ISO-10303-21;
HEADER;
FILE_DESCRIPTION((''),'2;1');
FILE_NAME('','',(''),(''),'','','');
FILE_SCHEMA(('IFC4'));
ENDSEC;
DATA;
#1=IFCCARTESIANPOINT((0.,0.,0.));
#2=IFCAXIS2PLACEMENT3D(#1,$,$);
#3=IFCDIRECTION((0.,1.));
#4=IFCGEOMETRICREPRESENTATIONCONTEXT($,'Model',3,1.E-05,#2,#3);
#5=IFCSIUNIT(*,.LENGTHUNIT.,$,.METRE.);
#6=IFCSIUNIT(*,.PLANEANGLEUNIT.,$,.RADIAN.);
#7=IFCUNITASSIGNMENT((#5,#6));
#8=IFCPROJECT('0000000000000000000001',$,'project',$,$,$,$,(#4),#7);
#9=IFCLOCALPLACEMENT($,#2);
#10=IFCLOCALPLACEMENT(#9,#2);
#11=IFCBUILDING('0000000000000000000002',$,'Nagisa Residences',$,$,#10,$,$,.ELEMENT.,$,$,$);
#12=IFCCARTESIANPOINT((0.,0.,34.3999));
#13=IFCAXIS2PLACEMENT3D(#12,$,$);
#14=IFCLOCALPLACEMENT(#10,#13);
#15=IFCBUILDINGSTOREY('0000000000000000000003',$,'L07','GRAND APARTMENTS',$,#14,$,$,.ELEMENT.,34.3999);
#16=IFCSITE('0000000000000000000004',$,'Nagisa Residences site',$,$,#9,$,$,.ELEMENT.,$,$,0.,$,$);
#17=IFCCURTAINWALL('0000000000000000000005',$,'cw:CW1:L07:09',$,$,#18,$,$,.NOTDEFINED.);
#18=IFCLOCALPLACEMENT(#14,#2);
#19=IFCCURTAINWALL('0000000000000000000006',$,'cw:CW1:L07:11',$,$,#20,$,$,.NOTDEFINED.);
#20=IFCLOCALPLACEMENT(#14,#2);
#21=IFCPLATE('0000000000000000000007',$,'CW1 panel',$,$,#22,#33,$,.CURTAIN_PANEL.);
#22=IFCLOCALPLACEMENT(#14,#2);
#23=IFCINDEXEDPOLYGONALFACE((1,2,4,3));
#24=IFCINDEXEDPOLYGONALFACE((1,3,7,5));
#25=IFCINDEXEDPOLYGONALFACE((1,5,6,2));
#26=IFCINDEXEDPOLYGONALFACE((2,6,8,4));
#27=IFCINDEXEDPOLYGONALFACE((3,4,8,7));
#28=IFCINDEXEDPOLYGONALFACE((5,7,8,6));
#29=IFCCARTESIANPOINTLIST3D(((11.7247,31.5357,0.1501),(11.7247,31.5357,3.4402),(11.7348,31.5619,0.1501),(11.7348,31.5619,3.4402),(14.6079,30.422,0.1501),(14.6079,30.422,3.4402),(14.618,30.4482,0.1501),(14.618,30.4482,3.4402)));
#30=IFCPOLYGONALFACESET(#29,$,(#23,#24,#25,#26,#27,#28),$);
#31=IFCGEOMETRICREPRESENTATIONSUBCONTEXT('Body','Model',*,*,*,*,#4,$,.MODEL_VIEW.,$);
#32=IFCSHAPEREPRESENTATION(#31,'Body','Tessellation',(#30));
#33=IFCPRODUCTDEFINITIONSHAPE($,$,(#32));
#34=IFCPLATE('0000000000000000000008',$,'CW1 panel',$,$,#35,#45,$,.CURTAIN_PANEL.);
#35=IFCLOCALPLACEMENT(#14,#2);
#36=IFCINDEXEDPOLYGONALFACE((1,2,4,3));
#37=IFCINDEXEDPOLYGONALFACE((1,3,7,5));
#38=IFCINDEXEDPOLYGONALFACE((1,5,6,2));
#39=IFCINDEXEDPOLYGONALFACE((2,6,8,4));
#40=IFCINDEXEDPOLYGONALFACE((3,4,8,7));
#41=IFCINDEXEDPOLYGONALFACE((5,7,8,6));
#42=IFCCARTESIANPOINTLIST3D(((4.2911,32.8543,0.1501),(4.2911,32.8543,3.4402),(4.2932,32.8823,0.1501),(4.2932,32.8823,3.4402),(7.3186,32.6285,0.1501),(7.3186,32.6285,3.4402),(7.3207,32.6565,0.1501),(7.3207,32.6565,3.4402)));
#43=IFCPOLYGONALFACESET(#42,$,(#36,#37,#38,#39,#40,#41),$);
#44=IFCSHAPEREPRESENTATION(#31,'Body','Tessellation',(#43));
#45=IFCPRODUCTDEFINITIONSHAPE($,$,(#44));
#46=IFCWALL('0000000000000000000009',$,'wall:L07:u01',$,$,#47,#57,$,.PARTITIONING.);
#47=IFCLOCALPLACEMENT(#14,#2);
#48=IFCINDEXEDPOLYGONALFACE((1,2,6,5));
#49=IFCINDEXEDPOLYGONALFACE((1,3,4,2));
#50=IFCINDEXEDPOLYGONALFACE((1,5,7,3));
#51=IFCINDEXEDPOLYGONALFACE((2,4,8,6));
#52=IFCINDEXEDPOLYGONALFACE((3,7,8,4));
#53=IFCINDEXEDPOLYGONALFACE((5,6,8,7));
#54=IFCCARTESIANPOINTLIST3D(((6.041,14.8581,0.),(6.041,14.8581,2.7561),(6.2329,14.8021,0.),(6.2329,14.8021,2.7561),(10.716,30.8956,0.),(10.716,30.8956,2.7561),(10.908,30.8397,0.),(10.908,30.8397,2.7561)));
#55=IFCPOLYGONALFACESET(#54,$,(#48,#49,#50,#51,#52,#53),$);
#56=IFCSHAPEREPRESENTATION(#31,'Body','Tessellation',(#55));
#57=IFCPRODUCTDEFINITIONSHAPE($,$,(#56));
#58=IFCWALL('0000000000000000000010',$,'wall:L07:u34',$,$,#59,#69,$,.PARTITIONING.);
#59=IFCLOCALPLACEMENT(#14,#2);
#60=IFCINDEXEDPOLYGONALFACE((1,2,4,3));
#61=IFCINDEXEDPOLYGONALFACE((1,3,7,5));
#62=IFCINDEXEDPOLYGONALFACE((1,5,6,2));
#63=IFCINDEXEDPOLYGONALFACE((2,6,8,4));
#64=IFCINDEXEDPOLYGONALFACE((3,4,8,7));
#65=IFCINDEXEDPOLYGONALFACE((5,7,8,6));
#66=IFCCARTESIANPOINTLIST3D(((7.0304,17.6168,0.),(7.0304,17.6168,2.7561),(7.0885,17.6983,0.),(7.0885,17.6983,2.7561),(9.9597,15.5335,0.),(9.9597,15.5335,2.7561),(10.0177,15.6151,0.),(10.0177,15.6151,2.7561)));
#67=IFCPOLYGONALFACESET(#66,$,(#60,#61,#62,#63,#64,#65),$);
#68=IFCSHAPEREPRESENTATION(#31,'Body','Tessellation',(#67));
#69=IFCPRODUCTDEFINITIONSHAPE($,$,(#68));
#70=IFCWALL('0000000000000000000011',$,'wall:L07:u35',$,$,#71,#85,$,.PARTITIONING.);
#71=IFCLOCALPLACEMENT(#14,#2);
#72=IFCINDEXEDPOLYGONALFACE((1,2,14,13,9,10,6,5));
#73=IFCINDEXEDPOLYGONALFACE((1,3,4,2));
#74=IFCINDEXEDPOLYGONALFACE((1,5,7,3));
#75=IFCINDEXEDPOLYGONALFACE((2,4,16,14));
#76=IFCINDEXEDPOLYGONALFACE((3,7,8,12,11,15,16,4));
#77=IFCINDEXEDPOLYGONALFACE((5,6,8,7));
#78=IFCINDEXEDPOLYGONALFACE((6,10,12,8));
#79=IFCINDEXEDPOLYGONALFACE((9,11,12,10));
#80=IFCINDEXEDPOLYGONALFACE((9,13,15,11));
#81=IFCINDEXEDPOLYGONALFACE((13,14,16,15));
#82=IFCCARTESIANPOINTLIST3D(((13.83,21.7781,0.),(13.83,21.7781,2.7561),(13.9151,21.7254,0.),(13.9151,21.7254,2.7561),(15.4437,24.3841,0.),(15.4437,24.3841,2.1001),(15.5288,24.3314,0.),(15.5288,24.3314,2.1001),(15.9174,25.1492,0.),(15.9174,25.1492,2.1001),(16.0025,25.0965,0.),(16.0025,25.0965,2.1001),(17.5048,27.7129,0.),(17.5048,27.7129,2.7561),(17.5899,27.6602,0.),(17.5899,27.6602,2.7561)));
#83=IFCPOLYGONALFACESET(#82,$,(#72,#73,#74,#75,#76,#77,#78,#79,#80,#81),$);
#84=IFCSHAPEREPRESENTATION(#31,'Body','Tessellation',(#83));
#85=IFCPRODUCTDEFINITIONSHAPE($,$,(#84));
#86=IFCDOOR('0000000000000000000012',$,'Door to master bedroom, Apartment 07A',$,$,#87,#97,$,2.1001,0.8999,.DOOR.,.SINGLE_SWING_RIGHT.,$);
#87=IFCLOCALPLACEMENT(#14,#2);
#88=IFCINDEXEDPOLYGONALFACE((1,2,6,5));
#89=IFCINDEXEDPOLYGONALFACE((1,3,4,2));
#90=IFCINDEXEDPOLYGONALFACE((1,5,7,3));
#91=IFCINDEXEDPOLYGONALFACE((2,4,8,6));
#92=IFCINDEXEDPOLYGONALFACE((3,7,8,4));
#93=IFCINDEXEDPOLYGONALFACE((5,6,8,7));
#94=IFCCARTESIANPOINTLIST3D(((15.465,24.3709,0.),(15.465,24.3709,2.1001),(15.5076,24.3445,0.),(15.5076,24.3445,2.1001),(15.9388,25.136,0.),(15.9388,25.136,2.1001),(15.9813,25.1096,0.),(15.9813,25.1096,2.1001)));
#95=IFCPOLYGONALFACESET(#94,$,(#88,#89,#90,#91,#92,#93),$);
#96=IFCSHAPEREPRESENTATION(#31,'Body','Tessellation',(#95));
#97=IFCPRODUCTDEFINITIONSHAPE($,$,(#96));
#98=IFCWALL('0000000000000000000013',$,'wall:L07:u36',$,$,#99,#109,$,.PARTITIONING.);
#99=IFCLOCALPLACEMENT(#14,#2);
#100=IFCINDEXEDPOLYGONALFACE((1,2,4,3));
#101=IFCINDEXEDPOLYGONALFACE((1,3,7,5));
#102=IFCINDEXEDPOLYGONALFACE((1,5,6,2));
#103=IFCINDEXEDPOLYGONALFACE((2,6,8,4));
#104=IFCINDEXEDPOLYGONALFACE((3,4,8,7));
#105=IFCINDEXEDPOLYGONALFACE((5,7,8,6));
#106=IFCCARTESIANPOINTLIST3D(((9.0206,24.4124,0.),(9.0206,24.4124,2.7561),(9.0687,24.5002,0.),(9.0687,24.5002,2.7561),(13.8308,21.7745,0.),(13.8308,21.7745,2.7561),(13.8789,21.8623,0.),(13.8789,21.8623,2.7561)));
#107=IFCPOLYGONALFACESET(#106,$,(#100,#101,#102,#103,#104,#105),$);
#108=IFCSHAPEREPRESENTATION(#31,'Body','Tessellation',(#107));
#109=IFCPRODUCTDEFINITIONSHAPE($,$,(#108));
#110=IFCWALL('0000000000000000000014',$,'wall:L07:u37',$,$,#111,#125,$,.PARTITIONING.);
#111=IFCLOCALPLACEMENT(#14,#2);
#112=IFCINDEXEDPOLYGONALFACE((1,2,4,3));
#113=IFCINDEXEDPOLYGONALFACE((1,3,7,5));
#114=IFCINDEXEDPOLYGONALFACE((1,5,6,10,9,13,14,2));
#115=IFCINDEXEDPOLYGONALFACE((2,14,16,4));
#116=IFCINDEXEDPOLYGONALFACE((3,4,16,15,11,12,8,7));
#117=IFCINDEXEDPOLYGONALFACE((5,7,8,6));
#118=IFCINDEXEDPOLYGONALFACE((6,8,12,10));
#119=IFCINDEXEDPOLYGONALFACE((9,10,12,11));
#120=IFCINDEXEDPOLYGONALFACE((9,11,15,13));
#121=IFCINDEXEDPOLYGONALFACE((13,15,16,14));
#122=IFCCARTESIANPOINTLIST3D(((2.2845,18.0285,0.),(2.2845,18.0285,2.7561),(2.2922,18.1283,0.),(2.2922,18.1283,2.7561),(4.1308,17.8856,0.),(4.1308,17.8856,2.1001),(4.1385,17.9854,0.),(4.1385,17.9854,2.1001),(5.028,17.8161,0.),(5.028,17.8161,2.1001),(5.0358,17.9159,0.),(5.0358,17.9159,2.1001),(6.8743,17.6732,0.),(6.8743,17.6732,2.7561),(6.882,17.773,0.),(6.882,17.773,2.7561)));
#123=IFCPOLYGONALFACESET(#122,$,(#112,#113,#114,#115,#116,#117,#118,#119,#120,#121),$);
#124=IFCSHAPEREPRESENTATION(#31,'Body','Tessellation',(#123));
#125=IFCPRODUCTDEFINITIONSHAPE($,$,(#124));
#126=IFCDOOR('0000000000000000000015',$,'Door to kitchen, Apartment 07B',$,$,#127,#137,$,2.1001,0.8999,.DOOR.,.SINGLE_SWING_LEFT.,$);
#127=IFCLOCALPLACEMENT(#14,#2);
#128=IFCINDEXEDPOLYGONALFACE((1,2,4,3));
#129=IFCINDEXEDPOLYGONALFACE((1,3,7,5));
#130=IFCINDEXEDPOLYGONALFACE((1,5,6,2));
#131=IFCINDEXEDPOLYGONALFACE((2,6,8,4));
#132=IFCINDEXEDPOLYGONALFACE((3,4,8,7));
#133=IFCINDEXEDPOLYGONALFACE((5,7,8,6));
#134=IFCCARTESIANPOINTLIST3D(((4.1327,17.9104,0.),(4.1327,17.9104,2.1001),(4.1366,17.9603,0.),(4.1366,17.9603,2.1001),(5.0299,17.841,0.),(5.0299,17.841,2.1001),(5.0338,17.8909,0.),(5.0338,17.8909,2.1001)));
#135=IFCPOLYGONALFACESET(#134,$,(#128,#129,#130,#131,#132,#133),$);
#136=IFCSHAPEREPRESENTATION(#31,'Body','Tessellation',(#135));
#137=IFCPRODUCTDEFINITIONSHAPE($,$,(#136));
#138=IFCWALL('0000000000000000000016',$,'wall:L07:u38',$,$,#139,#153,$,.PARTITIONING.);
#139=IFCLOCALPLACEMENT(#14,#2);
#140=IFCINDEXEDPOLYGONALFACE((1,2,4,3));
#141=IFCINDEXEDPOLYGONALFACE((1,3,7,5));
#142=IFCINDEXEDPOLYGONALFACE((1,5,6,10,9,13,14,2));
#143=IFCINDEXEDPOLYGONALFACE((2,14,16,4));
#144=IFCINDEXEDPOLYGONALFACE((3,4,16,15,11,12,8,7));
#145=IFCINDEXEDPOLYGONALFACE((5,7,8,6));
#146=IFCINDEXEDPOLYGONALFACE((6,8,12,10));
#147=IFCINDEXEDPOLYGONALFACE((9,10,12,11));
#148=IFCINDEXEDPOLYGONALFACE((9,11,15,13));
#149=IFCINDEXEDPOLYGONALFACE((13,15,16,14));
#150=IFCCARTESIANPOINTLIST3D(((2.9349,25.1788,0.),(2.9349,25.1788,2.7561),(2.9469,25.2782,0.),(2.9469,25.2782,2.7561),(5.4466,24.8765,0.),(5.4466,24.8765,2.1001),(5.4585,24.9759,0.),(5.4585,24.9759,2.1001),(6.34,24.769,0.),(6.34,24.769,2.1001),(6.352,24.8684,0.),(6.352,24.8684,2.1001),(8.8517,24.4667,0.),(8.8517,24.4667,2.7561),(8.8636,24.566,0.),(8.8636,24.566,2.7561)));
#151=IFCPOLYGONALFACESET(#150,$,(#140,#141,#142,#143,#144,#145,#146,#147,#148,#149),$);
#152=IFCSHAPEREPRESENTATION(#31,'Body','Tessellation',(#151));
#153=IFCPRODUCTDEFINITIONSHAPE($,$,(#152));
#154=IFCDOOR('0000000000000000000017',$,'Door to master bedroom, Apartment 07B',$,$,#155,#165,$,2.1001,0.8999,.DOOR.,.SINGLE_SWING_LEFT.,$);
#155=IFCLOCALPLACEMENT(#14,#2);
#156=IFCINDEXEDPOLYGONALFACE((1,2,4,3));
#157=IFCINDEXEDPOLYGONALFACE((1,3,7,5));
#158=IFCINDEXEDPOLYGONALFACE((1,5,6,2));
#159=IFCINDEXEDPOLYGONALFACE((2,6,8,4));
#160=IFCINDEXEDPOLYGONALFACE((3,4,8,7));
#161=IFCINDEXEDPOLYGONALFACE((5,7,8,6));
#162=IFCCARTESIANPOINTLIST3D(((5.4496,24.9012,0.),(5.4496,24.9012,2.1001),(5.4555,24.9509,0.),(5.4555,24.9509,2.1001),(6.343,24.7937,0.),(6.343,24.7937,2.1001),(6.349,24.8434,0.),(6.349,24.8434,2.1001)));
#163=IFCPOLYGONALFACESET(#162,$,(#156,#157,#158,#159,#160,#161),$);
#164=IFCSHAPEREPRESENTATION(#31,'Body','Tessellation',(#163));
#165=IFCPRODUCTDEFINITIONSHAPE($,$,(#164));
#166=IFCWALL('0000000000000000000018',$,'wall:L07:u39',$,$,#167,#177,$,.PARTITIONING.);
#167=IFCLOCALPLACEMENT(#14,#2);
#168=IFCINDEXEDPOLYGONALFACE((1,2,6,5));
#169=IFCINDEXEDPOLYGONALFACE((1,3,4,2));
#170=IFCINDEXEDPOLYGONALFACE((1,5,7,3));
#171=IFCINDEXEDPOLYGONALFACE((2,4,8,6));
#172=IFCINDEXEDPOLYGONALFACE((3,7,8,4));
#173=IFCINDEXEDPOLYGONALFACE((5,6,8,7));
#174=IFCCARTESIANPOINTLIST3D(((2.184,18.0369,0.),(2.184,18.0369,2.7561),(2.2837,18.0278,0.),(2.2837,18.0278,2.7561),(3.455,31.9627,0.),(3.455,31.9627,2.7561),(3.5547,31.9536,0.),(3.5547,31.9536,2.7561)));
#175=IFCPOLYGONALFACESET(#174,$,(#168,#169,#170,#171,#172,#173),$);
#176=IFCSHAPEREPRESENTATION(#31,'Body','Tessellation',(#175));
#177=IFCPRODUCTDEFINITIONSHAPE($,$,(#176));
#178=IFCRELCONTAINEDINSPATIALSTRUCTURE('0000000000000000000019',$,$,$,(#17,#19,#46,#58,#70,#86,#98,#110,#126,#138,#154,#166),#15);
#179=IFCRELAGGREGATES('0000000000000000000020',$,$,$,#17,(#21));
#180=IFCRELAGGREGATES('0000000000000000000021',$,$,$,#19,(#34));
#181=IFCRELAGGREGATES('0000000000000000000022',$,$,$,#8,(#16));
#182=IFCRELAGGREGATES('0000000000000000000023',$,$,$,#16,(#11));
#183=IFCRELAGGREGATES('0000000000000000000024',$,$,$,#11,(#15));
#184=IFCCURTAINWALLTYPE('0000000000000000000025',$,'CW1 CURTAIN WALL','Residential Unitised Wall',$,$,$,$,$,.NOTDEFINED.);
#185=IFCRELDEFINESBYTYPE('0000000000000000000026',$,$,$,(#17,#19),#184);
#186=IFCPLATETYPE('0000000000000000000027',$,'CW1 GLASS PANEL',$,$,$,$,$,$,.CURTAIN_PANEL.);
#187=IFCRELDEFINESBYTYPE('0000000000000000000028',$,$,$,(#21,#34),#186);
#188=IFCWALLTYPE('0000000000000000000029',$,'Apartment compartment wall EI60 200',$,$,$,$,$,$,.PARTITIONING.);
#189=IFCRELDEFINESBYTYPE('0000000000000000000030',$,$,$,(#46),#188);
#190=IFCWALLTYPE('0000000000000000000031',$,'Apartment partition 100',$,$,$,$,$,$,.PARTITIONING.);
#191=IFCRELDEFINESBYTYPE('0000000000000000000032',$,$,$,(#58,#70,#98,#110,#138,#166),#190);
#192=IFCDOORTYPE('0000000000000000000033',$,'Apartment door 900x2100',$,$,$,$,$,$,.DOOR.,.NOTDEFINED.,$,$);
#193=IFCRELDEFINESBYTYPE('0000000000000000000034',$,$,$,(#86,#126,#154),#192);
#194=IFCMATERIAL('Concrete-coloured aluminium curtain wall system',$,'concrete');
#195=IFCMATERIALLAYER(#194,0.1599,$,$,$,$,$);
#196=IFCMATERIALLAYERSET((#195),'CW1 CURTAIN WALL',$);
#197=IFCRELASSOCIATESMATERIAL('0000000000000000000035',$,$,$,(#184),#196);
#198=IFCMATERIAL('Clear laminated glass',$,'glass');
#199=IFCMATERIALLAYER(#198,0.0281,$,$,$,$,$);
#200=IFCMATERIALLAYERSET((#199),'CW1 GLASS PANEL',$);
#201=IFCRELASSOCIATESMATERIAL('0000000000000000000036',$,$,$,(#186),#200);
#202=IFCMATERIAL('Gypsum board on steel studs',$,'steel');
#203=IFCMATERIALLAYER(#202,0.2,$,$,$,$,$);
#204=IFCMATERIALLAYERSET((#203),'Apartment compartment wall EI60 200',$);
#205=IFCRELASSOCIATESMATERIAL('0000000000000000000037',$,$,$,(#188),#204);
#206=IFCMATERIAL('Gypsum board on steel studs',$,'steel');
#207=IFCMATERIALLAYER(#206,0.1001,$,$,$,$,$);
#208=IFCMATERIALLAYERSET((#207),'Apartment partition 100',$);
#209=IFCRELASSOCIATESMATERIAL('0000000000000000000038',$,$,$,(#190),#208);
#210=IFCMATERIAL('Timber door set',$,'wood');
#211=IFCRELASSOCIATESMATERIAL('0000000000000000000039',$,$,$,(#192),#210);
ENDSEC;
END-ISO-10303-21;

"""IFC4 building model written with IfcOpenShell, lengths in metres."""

from ifc_helpers import new_model, si_unit, direction, frame, frame_2d, origin, origin_2d, place, context, subcontext, project, spatial, rectangle, extrude, material, layer, layer_set, type_object, element, fill, aggregate, save


model = new_model("IFC4")

# Units and contexts
model_context = context("Model", 3, precision=1e-05, world=origin(), true_north=direction((0.0, 1.0)))
body_context = subcontext(model_context, "Body", "Model", "MODEL_VIEW")
ifc_project = project(units=[si_unit("LENGTHUNIT", "METRE"), si_unit("PLANEANGLEUNIT", "RADIAN")], contexts=[model_context])

# Site, building, storey
site_placement = place(None, origin())
site = spatial("IfcSite", under=ifc_project, at=site_placement, Name="Nagisa Residences site", CompositionType="ELEMENT", RefElevation=0.0)
building_placement = place(site_placement, origin())
building = spatial("IfcBuilding", under=site, at=building_placement, Name="Nagisa Residences", CompositionType="ELEMENT")
storey_placement = place(building_placement, frame((0.0, 0.0, 34.3999)))
storey = spatial("IfcBuildingStorey", under=building, at=storey_placement, Name="L07", Description="GRAND APARTMENTS", CompositionType="ELEMENT", Elevation=34.3999)

# Curtain walls
ifc_material_1 = material(Name="Concrete-coloured aluminium curtain wall system", Category="concrete")
ifc_layer_1 = layer(ifc_material_1, 0.1599)
ifc_layer_set_1 = layer_set([ifc_layer_1], Name="CW1 CURTAIN WALL")
curtain_wall_type = type_object("IfcCurtainWallType", Name="CW1 CURTAIN WALL", Description="Residential Unitised Wall", PredefinedType="NOTDEFINED", material=ifc_layer_set_1)
curtain_wall_1_placement = place(storey_placement, origin())
curtain_wall_1 = element("IfcCurtainWall", 1, at=curtain_wall_1_placement, inside=storey, type_object=curtain_wall_type, Name="cw:CW1:L07:09", PredefinedType="NOTDEFINED")
curtain_wall_2_placement = place(storey_placement, origin())
curtain_wall_2 = element("IfcCurtainWall", 2, at=curtain_wall_2_placement, inside=storey, type_object=curtain_wall_type, Name="cw:CW1:L07:11", PredefinedType="NOTDEFINED")

# Plates
ifc_material_2 = material(Name="Clear laminated glass", Category="glass")
ifc_layer_2 = layer(ifc_material_2, 0.0281)
ifc_layer_set_2 = layer_set([ifc_layer_2], Name="CW1 GLASS PANEL")
plate_type = type_object("IfcPlateType", Name="CW1 GLASS PANEL", PredefinedType="CURTAIN_PANEL", material=ifc_layer_set_2)
plate_1_placement = place(storey_placement, frame((13.1714, 30.9919, 0.1501), z_axis=(0.0, 0.0, 1.0), x_axis=(-0.932826, 0.360328, 0.0)))
plate_1 = element("IfcPlate", 3, at=plate_1_placement, type_object=plate_type, Name="CW1 panel", PredefinedType="CURTAIN_PANEL", context=body_context, shape_type="SweptSolid", body=[
    extrude(rectangle(XDim=3.0908, YDim=0.0281, at=origin_2d()), origin(), (0.0, 0.0, 1.0), 3.29),
])
aggregate(curtain_wall_1, [plate_1])
plate_2_placement = place(storey_placement, frame((5.8059, 32.7554, 0.1501), z_axis=(0.0, 0.0, 1.0), x_axis=(-0.99723, 0.074377, 0.0)))
plate_2 = element("IfcPlate", 4, at=plate_2_placement, type_object=plate_type, Name="CW1 panel", PredefinedType="CURTAIN_PANEL", context=body_context, shape_type="SweptSolid", body=[
    extrude(rectangle(XDim=3.0359, YDim=0.0281, at=origin_2d()), origin(), (0.0, 0.0, 1.0), 3.29),
])
aggregate(curtain_wall_2, [plate_2])

# Walls
ifc_material_3 = material(Name="Gypsum board on steel studs", Category="steel")
ifc_layer_3 = layer(ifc_material_3, 0.2)
ifc_layer_set_3 = layer_set([ifc_layer_3], Name="Apartment compartment wall EI60 200")
wall_type_1 = type_object("IfcWallType", Name="Apartment compartment wall EI60 200", PredefinedType="PARTITIONING", material=ifc_layer_set_3)
wall_1_placement = place(storey_placement, frame((6.137, 14.8301, 0.0), z_axis=(0.0, 0.0, 1.0), x_axis=(0.279857, 0.960042, 0.0)))
element("IfcWall", 5, at=wall_1_placement, inside=storey, type_object=wall_type_1, Name="wall:L07:u01", PredefinedType="PARTITIONING", context=body_context, shape_type="SweptSolid", body=[
    extrude(rectangle(XDim=16.7051, YDim=0.2, at=frame_2d((8.3525, 0.0))), origin(), (0.0, 0.0, 1.0), 2.7561),
])
ifc_material_4 = material(Name="Gypsum board on steel studs", Category="steel")
ifc_layer_4 = layer(ifc_material_4, 0.1001)
ifc_layer_set_4 = layer_set([ifc_layer_4], Name="Apartment partition 100")
wall_type_2 = type_object("IfcWallType", Name="Apartment partition 100", PredefinedType="PARTITIONING", material=ifc_layer_set_4)
wall_2_placement = place(storey_placement, frame((9.9888, 15.5742, 0.0), z_axis=(0.0, 0.0, 1.0), x_axis=(-0.81492, 0.579573, 0.0)))
element("IfcWall", 6, at=wall_2_placement, inside=storey, type_object=wall_type_2, Name="wall:L07:u34", PredefinedType="PARTITIONING", context=body_context, shape_type="SweptSolid", body=[
    extrude(rectangle(XDim=3.5945, YDim=0.1001, at=frame_2d((1.7974, 0.0))), origin(), (0.0, 0.0, 1.0), 2.7561),
])

# Wall, opening, door
wall_3_placement = place(storey_placement, frame((13.8726, 21.7517, 0.0), z_axis=(0.0, 0.0, 1.0), x_axis=(0.526445, 0.850209, 0.0)))
wall_3 = element("IfcWall", 7, at=wall_3_placement, inside=storey, type_object=wall_type_2, Name="wall:L07:u35", PredefinedType="PARTITIONING", context=body_context, shape_type="SweptSolid", body=[
    extrude(rectangle(XDim=6.9805, YDim=0.1001, at=frame_2d((3.4902, 0.0))), origin(), (0.0, 0.0, 1.0), 2.7561),
])
opening_1_placement = place(wall_3_placement, frame((3.0652, 0.0, 0.0)))
opening_1 = element("IfcOpeningElement", 8, at=opening_1_placement, cuts=wall_3, PredefinedType="OPENING", context=body_context, shape_type="SweptSolid", body=[
    extrude(rectangle(XDim=0.8999, YDim=2.1001, at=frame_2d((0.45, 1.05))), frame((0.0, 0.0601, 0.0), z_axis=(0.0, -1.0, 0.0), x_axis=(1.0, 0.0, 0.0)), (0.0, 0.0, 1.0), 0.1201),
])
ifc_material_5 = material(Name="Timber door set", Category="wood")
door_type_1 = type_object("IfcDoorType", Name="Apartment door 900x2100", OperationType="NOTDEFINED", PredefinedType="DOOR", material=ifc_material_5)
door_1_placement = place(opening_1_placement, origin())
door_1 = element("IfcDoor", 9, at=door_1_placement, inside=storey, type_object=door_type_1, Name="Door to master bedroom, Apartment 07A", OperationType="SINGLE_SWING_RIGHT", OverallHeight=2.1001, OverallWidth=0.8999, PredefinedType="DOOR", context=body_context, shape_type="SweptSolid", body=[
    extrude(rectangle(XDim=0.8999, YDim=2.1001, at=frame_2d((0.45, 1.05))), frame((0.0, 0.0249, 0.0), z_axis=(0.0, -1.0, 0.0), x_axis=(1.0, 0.0, 0.0)), (0.0, 0.0, 1.0), 0.05),
])
fill(opening_1, door_1)

# Wall
wall_4_placement = place(storey_placement, frame((13.855, 21.8184, 0.0), z_axis=(0.0, 0.0, 1.0), x_axis=(-0.87681, 0.480837, 0.0)))
element("IfcWall", 10, at=wall_4_placement, inside=storey, type_object=wall_type_2, Name="wall:L07:u36", PredefinedType="PARTITIONING", context=body_context, shape_type="SweptSolid", body=[
    extrude(rectangle(XDim=5.4861, YDim=0.1001, at=frame_2d((2.7432, 0.0))), origin(), (0.0, 0.0, 1.0), 2.7561),
])

# Walls, openings, doors
wall_5_placement = place(storey_placement, frame((6.8782, 17.7231, 0.0), z_axis=(0.0, 0.0, 1.0), x_axis=(-0.997019, 0.077163, 0.0)))
wall_5 = element("IfcWall", 11, at=wall_5_placement, inside=storey, type_object=wall_type_2, Name="wall:L07:u37", PredefinedType="PARTITIONING", context=body_context, shape_type="SweptSolid", body=[
    extrude(rectangle(XDim=4.6035, YDim=0.1001, at=frame_2d((2.3018, 0.0))), origin(), (0.0, 0.0, 1.0), 2.7561),
])
opening_2_placement = place(wall_5_placement, frame((1.8518, 0.0, 0.0)))
opening_2 = element("IfcOpeningElement", 12, at=opening_2_placement, cuts=wall_5, PredefinedType="OPENING", context=body_context, shape_type="SweptSolid", body=[
    extrude(rectangle(XDim=0.8999, YDim=2.1001, at=frame_2d((0.45, 1.05))), frame((0.0, 0.0601, 0.0), z_axis=(0.0, -1.0, 0.0), x_axis=(1.0, 0.0, 0.0)), (0.0, 0.0, 1.0), 0.1201),
])
door_2_placement = place(opening_2_placement, frame((0.8999, 0.0, 0.0), x_axis=(-1.0, 0.0, 0.0)))
door_2 = element("IfcDoor", 13, at=door_2_placement, inside=storey, type_object=door_type_1, Name="Door to kitchen, Apartment 07B", OperationType="SINGLE_SWING_LEFT", OverallHeight=2.1001, OverallWidth=0.8999, PredefinedType="DOOR", context=body_context, shape_type="SweptSolid", body=[
    extrude(rectangle(XDim=0.8999, YDim=2.1001, at=frame_2d((0.45, 1.05))), frame((0.0, 0.0249, 0.0), z_axis=(0.0, -1.0, 0.0), x_axis=(1.0, 0.0, 0.0)), (0.0, 0.0, 1.0), 0.05),
])
fill(opening_2, door_2)
wall_6_placement = place(storey_placement, frame((8.8577, 24.5164, 0.0), z_axis=(0.0, 0.0, 1.0), x_axis=(-0.992834, 0.119501, 0.0)))
wall_6 = element("IfcWall", 14, at=wall_6_placement, inside=storey, type_object=wall_type_2, Name="wall:L07:u38", PredefinedType="PARTITIONING", context=body_context, shape_type="SweptSolid", body=[
    extrude(rectangle(XDim=5.9595, YDim=0.1001, at=frame_2d((2.9797, 0.0))), origin(), (0.0, 0.0, 1.0), 2.7561),
])
opening_3_placement = place(wall_6_placement, frame((2.5298, 0.0, 0.0)))
opening_3 = element("IfcOpeningElement", 15, at=opening_3_placement, cuts=wall_6, PredefinedType="OPENING", context=body_context, shape_type="SweptSolid", body=[
    extrude(rectangle(XDim=0.8999, YDim=2.1001, at=frame_2d((0.45, 1.05))), frame((0.0, 0.0601, 0.0), z_axis=(0.0, -1.0, 0.0), x_axis=(1.0, 0.0, 0.0)), (0.0, 0.0, 1.0), 0.1201),
])
door_3_placement = place(opening_3_placement, frame((0.8999, 0.0, 0.0), x_axis=(-1.0, 0.0, 0.0)))
door_3 = element("IfcDoor", 16, at=door_3_placement, inside=storey, type_object=door_type_1, Name="Door to master bedroom, Apartment 07B", OperationType="SINGLE_SWING_LEFT", OverallHeight=2.1001, OverallWidth=0.8999, PredefinedType="DOOR", context=body_context, shape_type="SweptSolid", body=[
    extrude(rectangle(XDim=0.8999, YDim=2.1001, at=frame_2d((0.45, 1.05))), frame((0.0, 0.0249, 0.0), z_axis=(0.0, -1.0, 0.0), x_axis=(1.0, 0.0, 0.0)), (0.0, 0.0, 1.0), 0.05),
])
fill(opening_3, door_3)

# Wall
wall_7_placement = place(storey_placement, frame((2.2339, 18.0325, 0.0), z_axis=(0.0, 0.0, 1.0), x_axis=(0.090892, 0.995861, 0.0)))
element("IfcWall", 17, at=wall_7_placement, inside=storey, type_object=wall_type_2, Name="wall:L07:u39", PredefinedType="PARTITIONING", context=body_context, shape_type="SweptSolid", body=[
    extrude(rectangle(XDim=13.9836, YDim=0.1001, at=frame_2d((6.9917, 0.0))), origin(), (0.0, 0.0, 1.0), 2.7561),
])

save(model, "model.ifc")
